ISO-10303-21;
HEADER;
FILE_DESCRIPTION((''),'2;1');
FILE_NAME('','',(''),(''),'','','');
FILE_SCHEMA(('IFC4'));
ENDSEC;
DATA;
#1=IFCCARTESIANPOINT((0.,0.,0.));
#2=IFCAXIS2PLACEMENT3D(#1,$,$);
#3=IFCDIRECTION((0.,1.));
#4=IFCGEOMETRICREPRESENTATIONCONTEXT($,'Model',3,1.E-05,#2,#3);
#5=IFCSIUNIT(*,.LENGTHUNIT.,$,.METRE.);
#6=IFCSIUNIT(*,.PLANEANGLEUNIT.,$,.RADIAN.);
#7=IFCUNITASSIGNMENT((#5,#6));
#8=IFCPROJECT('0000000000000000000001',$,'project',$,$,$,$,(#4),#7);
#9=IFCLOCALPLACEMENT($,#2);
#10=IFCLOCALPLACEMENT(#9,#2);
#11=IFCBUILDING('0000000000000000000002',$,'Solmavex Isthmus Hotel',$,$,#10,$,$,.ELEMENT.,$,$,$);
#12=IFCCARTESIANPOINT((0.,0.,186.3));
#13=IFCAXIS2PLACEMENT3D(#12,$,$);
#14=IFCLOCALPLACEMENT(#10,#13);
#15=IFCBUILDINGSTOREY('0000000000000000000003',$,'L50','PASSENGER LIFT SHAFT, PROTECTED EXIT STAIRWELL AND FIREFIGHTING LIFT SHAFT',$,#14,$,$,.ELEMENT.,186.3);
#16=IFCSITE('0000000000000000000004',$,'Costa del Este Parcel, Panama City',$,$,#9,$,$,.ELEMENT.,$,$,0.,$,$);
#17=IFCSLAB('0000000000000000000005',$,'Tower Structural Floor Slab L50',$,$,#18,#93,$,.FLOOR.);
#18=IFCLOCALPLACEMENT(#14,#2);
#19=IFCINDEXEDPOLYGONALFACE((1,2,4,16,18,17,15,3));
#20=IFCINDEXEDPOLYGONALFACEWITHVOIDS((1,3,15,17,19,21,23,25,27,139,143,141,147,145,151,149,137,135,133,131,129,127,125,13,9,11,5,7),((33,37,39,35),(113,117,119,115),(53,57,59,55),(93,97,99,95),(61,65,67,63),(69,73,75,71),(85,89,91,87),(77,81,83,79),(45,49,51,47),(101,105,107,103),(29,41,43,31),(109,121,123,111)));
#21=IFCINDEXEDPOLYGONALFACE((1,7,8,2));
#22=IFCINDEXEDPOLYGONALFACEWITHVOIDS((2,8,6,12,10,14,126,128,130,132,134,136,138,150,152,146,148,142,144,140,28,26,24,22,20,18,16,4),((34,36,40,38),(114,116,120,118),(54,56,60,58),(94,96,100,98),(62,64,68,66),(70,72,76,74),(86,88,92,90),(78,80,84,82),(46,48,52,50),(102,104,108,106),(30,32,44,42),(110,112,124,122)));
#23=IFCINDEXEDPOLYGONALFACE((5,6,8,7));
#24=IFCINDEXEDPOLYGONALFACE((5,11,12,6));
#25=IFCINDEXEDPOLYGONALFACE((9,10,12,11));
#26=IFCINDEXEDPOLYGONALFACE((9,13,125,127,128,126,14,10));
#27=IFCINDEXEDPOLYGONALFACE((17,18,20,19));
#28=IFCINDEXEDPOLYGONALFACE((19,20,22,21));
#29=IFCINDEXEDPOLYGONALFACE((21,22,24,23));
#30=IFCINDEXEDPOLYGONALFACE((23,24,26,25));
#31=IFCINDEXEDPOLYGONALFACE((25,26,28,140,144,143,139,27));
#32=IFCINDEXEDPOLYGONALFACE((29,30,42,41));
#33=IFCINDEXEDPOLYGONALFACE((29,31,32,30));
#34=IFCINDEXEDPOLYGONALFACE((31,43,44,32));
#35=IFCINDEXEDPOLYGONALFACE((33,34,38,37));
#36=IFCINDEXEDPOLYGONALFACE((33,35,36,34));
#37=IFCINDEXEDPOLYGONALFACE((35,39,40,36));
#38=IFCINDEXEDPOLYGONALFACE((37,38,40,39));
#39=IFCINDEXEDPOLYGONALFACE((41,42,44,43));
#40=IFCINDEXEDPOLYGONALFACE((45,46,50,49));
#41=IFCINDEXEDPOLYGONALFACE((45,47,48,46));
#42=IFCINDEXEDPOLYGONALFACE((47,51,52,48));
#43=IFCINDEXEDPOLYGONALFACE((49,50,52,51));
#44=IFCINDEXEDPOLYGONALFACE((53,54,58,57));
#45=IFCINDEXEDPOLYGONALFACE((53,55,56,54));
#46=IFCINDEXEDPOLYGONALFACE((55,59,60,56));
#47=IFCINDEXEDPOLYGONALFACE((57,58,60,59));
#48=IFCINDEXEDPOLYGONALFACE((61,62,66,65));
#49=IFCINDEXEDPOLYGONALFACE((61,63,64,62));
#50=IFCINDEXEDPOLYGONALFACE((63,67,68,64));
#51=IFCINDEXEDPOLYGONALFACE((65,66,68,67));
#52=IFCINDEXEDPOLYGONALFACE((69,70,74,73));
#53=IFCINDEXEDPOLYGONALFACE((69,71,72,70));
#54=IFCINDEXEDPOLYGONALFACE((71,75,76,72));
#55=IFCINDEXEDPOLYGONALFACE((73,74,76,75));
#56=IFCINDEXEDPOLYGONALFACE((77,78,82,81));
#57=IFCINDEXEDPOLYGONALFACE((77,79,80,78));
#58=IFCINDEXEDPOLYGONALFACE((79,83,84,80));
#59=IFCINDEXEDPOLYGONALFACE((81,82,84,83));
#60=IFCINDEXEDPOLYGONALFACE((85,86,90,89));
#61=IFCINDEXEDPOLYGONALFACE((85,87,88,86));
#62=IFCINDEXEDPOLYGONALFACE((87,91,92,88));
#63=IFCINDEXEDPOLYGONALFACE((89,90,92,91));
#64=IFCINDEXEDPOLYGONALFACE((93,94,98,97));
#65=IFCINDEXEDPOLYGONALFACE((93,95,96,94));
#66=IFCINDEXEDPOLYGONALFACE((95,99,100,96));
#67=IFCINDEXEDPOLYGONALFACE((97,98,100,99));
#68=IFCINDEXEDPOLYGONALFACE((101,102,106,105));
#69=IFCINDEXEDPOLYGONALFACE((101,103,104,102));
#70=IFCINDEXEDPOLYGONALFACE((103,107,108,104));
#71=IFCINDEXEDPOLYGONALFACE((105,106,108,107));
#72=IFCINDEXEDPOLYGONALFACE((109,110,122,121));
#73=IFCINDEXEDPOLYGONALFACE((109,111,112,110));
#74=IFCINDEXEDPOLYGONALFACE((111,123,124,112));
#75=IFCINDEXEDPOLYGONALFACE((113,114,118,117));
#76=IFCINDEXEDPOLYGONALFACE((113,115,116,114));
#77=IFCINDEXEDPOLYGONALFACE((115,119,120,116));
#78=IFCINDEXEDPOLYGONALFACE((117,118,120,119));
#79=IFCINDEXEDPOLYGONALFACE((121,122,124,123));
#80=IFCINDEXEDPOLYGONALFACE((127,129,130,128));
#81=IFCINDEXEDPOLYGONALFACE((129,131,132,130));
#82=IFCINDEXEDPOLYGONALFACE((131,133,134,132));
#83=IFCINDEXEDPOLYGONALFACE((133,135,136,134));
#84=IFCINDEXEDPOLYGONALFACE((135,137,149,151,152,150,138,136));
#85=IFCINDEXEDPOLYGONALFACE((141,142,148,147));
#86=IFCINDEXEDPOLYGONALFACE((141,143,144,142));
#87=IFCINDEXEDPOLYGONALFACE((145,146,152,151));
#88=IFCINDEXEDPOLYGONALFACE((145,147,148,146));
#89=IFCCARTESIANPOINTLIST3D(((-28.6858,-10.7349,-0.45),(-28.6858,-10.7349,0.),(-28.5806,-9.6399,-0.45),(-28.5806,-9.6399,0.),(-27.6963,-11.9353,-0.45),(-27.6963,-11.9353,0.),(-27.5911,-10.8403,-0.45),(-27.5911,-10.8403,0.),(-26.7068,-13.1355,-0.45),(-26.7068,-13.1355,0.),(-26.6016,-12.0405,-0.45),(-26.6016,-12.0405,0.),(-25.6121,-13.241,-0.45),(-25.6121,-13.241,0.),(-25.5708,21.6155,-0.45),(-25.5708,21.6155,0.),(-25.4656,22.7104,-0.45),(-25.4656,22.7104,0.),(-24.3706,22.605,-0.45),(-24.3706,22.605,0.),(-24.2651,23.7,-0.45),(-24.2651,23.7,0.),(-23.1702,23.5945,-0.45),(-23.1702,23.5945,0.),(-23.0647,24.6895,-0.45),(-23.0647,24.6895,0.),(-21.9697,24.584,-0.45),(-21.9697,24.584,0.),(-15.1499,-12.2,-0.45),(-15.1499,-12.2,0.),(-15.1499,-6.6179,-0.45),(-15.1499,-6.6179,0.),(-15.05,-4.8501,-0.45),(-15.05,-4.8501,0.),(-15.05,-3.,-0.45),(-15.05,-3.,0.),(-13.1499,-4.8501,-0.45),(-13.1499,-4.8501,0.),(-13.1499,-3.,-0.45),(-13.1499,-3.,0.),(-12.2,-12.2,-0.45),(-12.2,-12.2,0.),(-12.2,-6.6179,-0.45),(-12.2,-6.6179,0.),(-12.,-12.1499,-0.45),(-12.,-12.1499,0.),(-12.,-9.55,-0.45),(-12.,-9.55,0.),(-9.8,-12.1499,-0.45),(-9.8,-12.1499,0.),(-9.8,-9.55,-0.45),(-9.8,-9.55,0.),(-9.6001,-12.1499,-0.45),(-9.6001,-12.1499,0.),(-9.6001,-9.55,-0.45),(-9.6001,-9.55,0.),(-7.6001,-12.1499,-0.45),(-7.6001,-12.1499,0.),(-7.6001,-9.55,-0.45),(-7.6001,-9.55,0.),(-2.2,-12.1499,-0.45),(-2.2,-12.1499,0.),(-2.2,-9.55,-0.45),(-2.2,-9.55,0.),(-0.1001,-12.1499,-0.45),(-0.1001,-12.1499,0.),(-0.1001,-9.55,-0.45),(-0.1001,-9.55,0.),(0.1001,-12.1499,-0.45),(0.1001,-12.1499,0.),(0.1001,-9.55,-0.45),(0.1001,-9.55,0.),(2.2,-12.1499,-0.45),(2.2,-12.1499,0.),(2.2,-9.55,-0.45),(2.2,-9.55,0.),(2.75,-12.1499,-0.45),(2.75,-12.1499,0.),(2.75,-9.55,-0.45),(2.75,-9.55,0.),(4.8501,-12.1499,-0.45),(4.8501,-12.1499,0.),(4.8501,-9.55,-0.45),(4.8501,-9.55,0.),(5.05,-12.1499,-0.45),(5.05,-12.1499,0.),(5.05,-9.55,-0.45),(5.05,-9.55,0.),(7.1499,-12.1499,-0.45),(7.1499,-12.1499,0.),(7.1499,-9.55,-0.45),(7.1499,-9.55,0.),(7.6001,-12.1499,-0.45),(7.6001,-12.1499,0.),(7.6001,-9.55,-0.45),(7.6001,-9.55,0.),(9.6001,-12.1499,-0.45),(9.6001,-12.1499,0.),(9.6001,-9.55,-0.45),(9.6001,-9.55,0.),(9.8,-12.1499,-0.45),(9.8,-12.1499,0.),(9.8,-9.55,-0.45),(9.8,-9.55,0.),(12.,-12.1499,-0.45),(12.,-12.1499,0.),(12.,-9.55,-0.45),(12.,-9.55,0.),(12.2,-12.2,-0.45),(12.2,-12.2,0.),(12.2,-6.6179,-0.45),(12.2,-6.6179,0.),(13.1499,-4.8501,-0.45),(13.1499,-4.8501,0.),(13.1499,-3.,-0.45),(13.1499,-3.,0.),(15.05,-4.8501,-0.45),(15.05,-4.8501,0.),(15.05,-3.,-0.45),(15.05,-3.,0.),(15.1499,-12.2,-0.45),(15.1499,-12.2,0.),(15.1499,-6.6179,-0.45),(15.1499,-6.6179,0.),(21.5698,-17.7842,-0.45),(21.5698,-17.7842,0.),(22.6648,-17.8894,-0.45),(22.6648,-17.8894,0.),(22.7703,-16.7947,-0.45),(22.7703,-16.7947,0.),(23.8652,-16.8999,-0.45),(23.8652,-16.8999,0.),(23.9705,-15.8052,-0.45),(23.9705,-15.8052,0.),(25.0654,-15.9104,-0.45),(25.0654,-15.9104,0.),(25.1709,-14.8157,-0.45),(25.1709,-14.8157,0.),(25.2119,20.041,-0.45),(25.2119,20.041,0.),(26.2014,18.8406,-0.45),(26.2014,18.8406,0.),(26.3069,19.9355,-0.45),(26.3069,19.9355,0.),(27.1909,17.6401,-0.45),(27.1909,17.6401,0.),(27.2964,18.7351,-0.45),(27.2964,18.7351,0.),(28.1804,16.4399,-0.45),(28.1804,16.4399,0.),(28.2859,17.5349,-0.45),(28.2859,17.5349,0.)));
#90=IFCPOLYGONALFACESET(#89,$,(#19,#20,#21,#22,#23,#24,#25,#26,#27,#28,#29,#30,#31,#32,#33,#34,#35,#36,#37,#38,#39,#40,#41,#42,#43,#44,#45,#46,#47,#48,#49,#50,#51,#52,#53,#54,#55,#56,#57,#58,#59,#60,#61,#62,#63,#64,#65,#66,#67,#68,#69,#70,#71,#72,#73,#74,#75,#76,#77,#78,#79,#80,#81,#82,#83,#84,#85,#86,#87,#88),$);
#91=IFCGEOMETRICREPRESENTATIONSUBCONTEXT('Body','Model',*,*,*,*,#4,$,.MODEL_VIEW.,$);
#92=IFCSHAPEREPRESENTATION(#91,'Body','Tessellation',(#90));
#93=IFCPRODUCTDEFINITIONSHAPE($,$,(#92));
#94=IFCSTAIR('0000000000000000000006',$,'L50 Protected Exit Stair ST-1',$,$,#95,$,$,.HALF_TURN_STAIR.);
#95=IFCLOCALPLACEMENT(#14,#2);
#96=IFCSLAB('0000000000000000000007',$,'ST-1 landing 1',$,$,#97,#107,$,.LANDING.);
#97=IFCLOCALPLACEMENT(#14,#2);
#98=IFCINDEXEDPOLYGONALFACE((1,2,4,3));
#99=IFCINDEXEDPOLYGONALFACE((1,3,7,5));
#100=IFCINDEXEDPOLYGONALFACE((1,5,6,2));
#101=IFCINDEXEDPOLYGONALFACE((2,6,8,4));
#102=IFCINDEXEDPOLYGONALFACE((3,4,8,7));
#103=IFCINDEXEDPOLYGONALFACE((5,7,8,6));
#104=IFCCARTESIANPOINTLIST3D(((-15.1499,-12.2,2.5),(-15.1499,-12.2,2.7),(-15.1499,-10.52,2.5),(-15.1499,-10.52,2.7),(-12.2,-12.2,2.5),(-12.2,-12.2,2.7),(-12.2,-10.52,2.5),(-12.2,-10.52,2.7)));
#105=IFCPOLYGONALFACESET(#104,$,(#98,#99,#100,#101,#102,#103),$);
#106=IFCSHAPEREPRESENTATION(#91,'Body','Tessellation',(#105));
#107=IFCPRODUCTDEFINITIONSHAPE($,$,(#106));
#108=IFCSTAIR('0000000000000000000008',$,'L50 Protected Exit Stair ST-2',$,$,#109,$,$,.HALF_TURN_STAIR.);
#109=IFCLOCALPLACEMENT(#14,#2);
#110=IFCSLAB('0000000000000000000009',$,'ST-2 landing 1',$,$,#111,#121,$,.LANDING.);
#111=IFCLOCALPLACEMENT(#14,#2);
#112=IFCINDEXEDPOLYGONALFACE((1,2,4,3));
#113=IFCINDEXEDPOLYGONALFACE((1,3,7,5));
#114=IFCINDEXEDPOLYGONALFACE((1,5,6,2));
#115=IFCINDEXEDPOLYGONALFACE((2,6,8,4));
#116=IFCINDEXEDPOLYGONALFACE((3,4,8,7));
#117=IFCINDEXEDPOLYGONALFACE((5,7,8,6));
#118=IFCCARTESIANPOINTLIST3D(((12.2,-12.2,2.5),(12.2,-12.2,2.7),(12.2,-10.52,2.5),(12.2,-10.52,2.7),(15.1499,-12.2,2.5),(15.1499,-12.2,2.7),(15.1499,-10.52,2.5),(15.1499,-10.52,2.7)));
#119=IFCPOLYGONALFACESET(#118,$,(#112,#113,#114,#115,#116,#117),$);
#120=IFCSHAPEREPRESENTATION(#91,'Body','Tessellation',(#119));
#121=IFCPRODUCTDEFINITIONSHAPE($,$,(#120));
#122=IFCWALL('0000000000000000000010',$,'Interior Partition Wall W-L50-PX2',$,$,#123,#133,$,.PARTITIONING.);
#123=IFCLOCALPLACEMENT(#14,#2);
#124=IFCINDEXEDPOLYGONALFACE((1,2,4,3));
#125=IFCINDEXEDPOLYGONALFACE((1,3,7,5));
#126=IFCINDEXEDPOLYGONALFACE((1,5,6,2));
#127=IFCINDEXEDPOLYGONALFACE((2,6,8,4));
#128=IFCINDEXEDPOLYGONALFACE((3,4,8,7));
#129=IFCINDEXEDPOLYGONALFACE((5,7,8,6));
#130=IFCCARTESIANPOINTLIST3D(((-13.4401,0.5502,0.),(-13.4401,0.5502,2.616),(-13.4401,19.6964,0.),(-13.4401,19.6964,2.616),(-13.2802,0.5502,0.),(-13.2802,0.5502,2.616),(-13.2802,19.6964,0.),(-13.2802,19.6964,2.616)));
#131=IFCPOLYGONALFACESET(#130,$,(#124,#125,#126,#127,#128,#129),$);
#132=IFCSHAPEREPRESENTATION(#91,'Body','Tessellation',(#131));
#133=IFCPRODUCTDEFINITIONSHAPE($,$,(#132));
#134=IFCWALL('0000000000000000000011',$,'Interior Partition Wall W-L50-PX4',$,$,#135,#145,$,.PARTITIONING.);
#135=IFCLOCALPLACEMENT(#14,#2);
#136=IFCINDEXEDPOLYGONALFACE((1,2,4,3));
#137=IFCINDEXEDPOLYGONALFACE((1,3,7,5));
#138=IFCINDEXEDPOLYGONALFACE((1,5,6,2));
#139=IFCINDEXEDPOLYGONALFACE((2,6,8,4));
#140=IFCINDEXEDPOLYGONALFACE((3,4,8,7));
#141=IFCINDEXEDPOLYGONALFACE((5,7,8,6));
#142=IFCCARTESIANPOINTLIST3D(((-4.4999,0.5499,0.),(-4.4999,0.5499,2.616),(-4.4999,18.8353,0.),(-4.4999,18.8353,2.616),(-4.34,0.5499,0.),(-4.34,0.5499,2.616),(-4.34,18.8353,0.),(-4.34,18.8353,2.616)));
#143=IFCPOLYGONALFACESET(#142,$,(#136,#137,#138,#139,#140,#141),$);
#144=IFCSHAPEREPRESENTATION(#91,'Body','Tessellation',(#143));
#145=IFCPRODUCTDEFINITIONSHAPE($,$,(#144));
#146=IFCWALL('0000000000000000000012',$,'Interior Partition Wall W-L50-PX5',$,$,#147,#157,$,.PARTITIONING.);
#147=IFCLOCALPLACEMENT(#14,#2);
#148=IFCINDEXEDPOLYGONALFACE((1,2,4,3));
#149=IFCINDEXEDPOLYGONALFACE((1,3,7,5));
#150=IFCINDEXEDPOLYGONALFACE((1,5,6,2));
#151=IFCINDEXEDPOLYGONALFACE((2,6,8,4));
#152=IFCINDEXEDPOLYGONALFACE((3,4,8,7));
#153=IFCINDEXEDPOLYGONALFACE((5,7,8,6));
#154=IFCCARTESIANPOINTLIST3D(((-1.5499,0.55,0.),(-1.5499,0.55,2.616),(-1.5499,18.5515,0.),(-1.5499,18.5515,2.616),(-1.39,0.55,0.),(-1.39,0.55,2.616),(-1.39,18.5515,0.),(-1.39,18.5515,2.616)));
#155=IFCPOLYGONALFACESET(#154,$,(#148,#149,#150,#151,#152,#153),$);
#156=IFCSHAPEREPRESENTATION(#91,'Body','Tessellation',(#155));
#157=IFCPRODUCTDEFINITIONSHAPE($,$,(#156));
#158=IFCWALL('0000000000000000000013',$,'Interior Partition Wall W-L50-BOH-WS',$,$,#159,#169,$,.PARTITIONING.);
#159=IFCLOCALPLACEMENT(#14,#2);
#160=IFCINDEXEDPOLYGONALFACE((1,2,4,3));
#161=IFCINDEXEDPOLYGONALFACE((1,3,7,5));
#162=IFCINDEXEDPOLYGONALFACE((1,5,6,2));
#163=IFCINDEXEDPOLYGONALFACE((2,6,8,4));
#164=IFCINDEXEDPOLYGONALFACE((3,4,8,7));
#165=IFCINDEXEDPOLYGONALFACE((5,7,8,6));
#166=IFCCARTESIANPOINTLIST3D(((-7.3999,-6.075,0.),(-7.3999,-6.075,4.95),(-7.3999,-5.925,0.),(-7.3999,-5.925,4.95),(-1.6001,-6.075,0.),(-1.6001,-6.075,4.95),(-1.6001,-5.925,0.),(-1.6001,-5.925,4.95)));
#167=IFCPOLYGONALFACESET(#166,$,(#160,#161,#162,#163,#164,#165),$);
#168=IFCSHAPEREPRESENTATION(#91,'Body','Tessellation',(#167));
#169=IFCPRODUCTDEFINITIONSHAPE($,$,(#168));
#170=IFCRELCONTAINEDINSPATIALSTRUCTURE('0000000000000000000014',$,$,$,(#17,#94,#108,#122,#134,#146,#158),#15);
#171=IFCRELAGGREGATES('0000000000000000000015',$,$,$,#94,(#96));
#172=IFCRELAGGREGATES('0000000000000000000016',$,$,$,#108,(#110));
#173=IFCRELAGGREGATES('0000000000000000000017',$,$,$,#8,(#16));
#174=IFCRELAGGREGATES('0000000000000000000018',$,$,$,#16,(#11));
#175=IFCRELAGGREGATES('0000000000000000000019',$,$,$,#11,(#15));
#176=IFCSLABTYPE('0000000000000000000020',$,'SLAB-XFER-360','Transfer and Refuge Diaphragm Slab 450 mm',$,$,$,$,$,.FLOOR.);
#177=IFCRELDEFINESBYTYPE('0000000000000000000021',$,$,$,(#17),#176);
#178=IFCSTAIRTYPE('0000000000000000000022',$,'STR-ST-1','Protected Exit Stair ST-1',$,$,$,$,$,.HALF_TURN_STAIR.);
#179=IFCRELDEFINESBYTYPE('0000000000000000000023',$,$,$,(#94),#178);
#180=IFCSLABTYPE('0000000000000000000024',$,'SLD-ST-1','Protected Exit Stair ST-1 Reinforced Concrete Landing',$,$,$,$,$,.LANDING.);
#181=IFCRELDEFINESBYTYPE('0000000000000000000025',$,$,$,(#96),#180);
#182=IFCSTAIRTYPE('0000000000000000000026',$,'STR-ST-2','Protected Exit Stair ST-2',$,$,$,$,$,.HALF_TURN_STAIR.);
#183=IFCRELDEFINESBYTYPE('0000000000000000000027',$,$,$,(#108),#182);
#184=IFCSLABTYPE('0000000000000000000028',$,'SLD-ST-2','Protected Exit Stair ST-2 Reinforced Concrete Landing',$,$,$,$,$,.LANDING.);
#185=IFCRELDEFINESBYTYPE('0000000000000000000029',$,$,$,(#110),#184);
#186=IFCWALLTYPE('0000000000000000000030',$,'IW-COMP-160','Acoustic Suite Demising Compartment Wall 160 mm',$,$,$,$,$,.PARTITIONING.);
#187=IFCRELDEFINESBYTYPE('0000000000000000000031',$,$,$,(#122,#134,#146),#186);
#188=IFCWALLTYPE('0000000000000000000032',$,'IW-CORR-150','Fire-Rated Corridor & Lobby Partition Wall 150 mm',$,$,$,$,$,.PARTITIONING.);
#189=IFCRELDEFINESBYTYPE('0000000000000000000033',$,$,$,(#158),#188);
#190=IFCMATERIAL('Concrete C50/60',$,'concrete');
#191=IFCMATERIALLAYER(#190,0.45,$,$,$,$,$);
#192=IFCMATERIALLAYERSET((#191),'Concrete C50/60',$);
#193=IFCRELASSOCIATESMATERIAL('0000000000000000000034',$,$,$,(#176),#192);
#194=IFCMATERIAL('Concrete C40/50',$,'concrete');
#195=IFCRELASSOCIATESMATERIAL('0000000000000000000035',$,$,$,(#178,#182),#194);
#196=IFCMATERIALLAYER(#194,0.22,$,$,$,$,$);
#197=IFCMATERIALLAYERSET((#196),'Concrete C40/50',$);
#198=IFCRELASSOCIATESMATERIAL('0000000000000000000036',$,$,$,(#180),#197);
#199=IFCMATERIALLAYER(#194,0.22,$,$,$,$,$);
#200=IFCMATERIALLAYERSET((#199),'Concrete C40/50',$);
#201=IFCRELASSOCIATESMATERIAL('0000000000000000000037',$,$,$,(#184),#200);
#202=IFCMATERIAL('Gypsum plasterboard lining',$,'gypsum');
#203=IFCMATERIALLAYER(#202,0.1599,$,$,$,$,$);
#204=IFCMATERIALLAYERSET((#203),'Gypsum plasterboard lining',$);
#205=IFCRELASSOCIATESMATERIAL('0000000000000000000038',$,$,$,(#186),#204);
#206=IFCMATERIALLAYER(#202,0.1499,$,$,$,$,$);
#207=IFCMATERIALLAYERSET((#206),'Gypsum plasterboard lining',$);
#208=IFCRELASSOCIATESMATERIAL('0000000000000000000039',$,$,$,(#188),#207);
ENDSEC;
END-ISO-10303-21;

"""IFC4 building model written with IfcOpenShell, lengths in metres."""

from ifc_helpers import new_model, si_unit, direction, frame, frame_2d, origin, place, context, subcontext, project, spatial, polyline, rectangle, outline, extrude, material, layer, layer_set, type_object, element, aggregate, save


model = new_model("IFC4")

# Units and contexts
model_context = context("Model", 3, precision=1e-05, world=origin(), true_north=direction((0.0, 1.0)))
body_context = subcontext(model_context, "Body", "Model", "MODEL_VIEW")
ifc_project = project(units=[si_unit("LENGTHUNIT", "METRE"), si_unit("PLANEANGLEUNIT", "RADIAN")], contexts=[model_context])

# Site, building, storey
site_placement = place(None, origin())
site = spatial("IfcSite", under=ifc_project, at=site_placement, Name="Costa del Este Parcel, Panama City", CompositionType="ELEMENT", RefElevation=0.0)
building_placement = place(site_placement, origin())
building = spatial("IfcBuilding", under=site, at=building_placement, Name="Solmavex Isthmus Hotel", CompositionType="ELEMENT")
storey_placement = place(building_placement, frame((0.0, 0.0, 186.3)))
storey = spatial("IfcBuildingStorey", under=building, at=storey_placement, Name="L50", Description="PASSENGER LIFT SHAFT, PROTECTED EXIT STAIRWELL AND FIREFIGHTING LIFT SHAFT", CompositionType="ELEMENT", Elevation=186.3)

# Slab
ifc_material_1 = material(Name="Concrete C50/60", Category="concrete")
ifc_layer_1 = layer(ifc_material_1, 0.45)
ifc_layer_set_1 = layer_set([ifc_layer_1], Name="Concrete C50/60")
slab_type_1 = type_object("IfcSlabType", Name="SLAB-XFER-360", Description="Transfer and Refuge Diaphragm Slab 450 mm", PredefinedType="FLOOR", material=ifc_layer_set_1)
slab_1_placement = place(storey_placement, frame((0.0, 0.0, -0.45)))
element("IfcSlab", 1, at=slab_1_placement, inside=storey, type_object=slab_type_1, Name="Tower Structural Floor Slab L50", PredefinedType="FLOOR", context=body_context, shape_type="SweptSolid", body=[
    extrude(outline(polyline([(-25.6121, -13.241), (21.5698, -17.7842), (22.6648, -17.8894), (22.7703, -16.7947), (23.8652, -16.8999), (23.9705, -15.8052), (25.0654, -15.9104), (25.1709, -14.8157), (28.1804, 16.4399), (28.2859, 17.5349), (27.1909, 17.6401), (27.2964, 18.7351), (26.2014, 18.8406), (26.3069, 19.9355), (25.2119, 20.041), (-21.9697, 24.584), (-23.0647, 24.6895), (-23.1702, 23.5945), (-24.2651, 23.7), (-24.3706, 22.605), (-25.4656, 22.7104), (-25.5708, 21.6155), (-28.5806, -9.6399), (-28.6858, -10.7349), (-27.5911, -10.8403), (-27.6963, -11.9353), (-26.6016, -12.0405), (-26.7068, -13.1355), (-25.6121, -13.241)]), holes=[polyline([(-15.1499, -6.6179), (-15.1499, -12.2), (-12.2, -12.2), (-12.2, -6.6179), (-15.1499, -6.6179)]), polyline([(12.2, -6.6179), (12.2, -12.2), (15.1499, -12.2), (15.1499, -6.6179), (12.2, -6.6179)]), polyline([(-12.0, -12.1499), (-9.8, -12.1499), (-9.8, -9.55), (-12.0, -9.55), (-12.0, -12.1499)]), polyline([(9.8, -12.1499), (12.0, -12.1499), (12.0, -9.55), (9.8, -9.55), (9.8, -12.1499)]), polyline([(-9.6001, -12.1499), (-7.6001, -12.1499), (-7.6001, -9.55), (-9.6001, -9.55), (-9.6001, -12.1499)]), polyline([(7.6001, -12.1499), (9.6001, -12.1499), (9.6001, -9.55), (7.6001, -9.55), (7.6001, -12.1499)]), polyline([(-2.2, -12.1499), (-0.1001, -12.1499), (-0.1001, -9.55), (-2.2, -9.55), (-2.2, -12.1499)]), polyline([(0.1001, -12.1499), (2.2, -12.1499), (2.2, -9.55), (0.1001, -9.55), (0.1001, -12.1499)]), polyline([(2.75, -12.1499), (4.8501, -12.1499), (4.8501, -9.55), (2.75, -9.55), (2.75, -12.1499)]), polyline([(5.05, -12.1499), (7.1499, -12.1499), (7.1499, -9.55), (5.05, -9.55), (5.05, -12.1499)]), polyline([(-15.05, -4.8501), (-13.1499, -4.8501), (-13.1499, -3.0), (-15.05, -3.0), (-15.05, -4.8501)]), polyline([(13.1499, -4.8501), (15.05, -4.8501), (15.05, -3.0), (13.1499, -3.0), (13.1499, -4.8501)])]), origin(), (0.0, 0.0, 1.0), 0.45),
])

# Stairs, slabs
ifc_material_2 = material(Name="Concrete C40/50", Category="concrete")
stair_type_1 = type_object("IfcStairType", Name="STR-ST-1", Description="Protected Exit Stair ST-1", PredefinedType="HALF_TURN_STAIR", material=ifc_material_2)
stair_1_placement = place(storey_placement, origin())
stair_1 = element("IfcStair", 2, at=stair_1_placement, inside=storey, type_object=stair_type_1, Name="L50 Protected Exit Stair ST-1", PredefinedType="HALF_TURN_STAIR")
ifc_layer_2 = layer(ifc_material_2, 0.22)
ifc_layer_set_2 = layer_set([ifc_layer_2], Name="Concrete C40/50")
slab_type_2 = type_object("IfcSlabType", Name="SLD-ST-1", Description="Protected Exit Stair ST-1 Reinforced Concrete Landing", PredefinedType="LANDING", material=ifc_layer_set_2)
slab_2_placement = place(storey_placement, frame((0.0, 0.0, 2.5)))
slab_2 = element("IfcSlab", 3, at=slab_2_placement, type_object=slab_type_2, Name="ST-1 landing 1", PredefinedType="LANDING", context=body_context, shape_type="SweptSolid", body=[
    extrude(outline(polyline([(-15.1499, -10.52), (-15.1499, -12.2), (-12.2, -12.2), (-12.2, -10.52), (-15.1499, -10.52)])), origin(), (0.0, 0.0, 1.0), 0.2),
])
aggregate(stair_1, [slab_2])
stair_type_2 = type_object("IfcStairType", Name="STR-ST-2", Description="Protected Exit Stair ST-2", PredefinedType="HALF_TURN_STAIR", material=ifc_material_2)
stair_2_placement = place(storey_placement, origin())
stair_2 = element("IfcStair", 4, at=stair_2_placement, inside=storey, type_object=stair_type_2, Name="L50 Protected Exit Stair ST-2", PredefinedType="HALF_TURN_STAIR")
ifc_layer_3 = layer(ifc_material_2, 0.22)
ifc_layer_set_3 = layer_set([ifc_layer_3], Name="Concrete C40/50")
slab_type_3 = type_object("IfcSlabType", Name="SLD-ST-2", Description="Protected Exit Stair ST-2 Reinforced Concrete Landing", PredefinedType="LANDING", material=ifc_layer_set_3)
slab_3_placement = place(storey_placement, frame((0.0, 0.0, 2.5)))
slab_3 = element("IfcSlab", 5, at=slab_3_placement, type_object=slab_type_3, Name="ST-2 landing 1", PredefinedType="LANDING", context=body_context, shape_type="SweptSolid", body=[
    extrude(outline(polyline([(12.2, -10.52), (12.2, -12.2), (15.1499, -12.2), (15.1499, -10.52), (12.2, -10.52)])), origin(), (0.0, 0.0, 1.0), 0.2),
])
aggregate(stair_2, [slab_3])

# Walls
ifc_material_3 = material(Name="Gypsum plasterboard lining", Category="gypsum")
ifc_layer_4 = layer(ifc_material_3, 0.1599)
ifc_layer_set_4 = layer_set([ifc_layer_4], Name="Gypsum plasterboard lining")
wall_type_1 = type_object("IfcWallType", Name="IW-COMP-160", Description="Acoustic Suite Demising Compartment Wall 160 mm", PredefinedType="PARTITIONING", material=ifc_layer_set_4)
wall_1_placement = place(storey_placement, frame((-13.3601, 0.55, 0.0), z_axis=(0.0, 0.0, 1.0), x_axis=(0.0, 1.0, 0.0)))
element("IfcWall", 6, at=wall_1_placement, inside=storey, type_object=wall_type_1, Name="Interior Partition Wall W-L50-PX2", PredefinedType="PARTITIONING", context=body_context, shape_type="SweptSolid", body=[
    extrude(rectangle(XDim=19.1462, YDim=0.1599, at=frame_2d((9.5732, 0.0))), origin(), (0.0, 0.0, 1.0), 2.616),
])
wall_2_placement = place(storey_placement, frame((-4.4199, 0.55, 0.0), z_axis=(0.0, 0.0, 1.0), x_axis=(0.0, 1.0, 0.0)))
element("IfcWall", 7, at=wall_2_placement, inside=storey, type_object=wall_type_1, Name="Interior Partition Wall W-L50-PX4", PredefinedType="PARTITIONING", context=body_context, shape_type="SweptSolid", body=[
    extrude(rectangle(XDim=18.2854, YDim=0.1599, at=frame_2d((9.1426, 0.0))), origin(), (0.0, 0.0, 1.0), 2.616),
])
wall_3_placement = place(storey_placement, frame((-1.47, 0.55, 0.0), z_axis=(0.0, 0.0, 1.0), x_axis=(0.0, 1.0, 0.0)))
element("IfcWall", 8, at=wall_3_placement, inside=storey, type_object=wall_type_1, Name="Interior Partition Wall W-L50-PX5", PredefinedType="PARTITIONING", context=body_context, shape_type="SweptSolid", body=[
    extrude(rectangle(XDim=18.0015, YDim=0.1599, at=frame_2d((9.0007, 0.0))), origin(), (0.0, 0.0, 1.0), 2.616),
])
ifc_layer_5 = layer(ifc_material_3, 0.1499)
ifc_layer_set_5 = layer_set([ifc_layer_5], Name="Gypsum plasterboard lining")
wall_type_2 = type_object("IfcWallType", Name="IW-CORR-150", Description="Fire-Rated Corridor & Lobby Partition Wall 150 mm", PredefinedType="PARTITIONING", material=ifc_layer_set_5)
wall_4_placement = place(storey_placement, frame((-7.3999, -6.0, 0.0), z_axis=(0.0, 0.0, 1.0), x_axis=(1.0, 0.0, 0.0)))
element("IfcWall", 9, at=wall_4_placement, inside=storey, type_object=wall_type_2, Name="Interior Partition Wall W-L50-BOH-WS", PredefinedType="PARTITIONING", context=body_context, shape_type="SweptSolid", body=[
    extrude(rectangle(XDim=5.7998, YDim=0.1499, at=frame_2d((2.8999, 0.0))), origin(), (0.0, 0.0, 1.0), 4.95),
])

save(model, "model.ifc")
